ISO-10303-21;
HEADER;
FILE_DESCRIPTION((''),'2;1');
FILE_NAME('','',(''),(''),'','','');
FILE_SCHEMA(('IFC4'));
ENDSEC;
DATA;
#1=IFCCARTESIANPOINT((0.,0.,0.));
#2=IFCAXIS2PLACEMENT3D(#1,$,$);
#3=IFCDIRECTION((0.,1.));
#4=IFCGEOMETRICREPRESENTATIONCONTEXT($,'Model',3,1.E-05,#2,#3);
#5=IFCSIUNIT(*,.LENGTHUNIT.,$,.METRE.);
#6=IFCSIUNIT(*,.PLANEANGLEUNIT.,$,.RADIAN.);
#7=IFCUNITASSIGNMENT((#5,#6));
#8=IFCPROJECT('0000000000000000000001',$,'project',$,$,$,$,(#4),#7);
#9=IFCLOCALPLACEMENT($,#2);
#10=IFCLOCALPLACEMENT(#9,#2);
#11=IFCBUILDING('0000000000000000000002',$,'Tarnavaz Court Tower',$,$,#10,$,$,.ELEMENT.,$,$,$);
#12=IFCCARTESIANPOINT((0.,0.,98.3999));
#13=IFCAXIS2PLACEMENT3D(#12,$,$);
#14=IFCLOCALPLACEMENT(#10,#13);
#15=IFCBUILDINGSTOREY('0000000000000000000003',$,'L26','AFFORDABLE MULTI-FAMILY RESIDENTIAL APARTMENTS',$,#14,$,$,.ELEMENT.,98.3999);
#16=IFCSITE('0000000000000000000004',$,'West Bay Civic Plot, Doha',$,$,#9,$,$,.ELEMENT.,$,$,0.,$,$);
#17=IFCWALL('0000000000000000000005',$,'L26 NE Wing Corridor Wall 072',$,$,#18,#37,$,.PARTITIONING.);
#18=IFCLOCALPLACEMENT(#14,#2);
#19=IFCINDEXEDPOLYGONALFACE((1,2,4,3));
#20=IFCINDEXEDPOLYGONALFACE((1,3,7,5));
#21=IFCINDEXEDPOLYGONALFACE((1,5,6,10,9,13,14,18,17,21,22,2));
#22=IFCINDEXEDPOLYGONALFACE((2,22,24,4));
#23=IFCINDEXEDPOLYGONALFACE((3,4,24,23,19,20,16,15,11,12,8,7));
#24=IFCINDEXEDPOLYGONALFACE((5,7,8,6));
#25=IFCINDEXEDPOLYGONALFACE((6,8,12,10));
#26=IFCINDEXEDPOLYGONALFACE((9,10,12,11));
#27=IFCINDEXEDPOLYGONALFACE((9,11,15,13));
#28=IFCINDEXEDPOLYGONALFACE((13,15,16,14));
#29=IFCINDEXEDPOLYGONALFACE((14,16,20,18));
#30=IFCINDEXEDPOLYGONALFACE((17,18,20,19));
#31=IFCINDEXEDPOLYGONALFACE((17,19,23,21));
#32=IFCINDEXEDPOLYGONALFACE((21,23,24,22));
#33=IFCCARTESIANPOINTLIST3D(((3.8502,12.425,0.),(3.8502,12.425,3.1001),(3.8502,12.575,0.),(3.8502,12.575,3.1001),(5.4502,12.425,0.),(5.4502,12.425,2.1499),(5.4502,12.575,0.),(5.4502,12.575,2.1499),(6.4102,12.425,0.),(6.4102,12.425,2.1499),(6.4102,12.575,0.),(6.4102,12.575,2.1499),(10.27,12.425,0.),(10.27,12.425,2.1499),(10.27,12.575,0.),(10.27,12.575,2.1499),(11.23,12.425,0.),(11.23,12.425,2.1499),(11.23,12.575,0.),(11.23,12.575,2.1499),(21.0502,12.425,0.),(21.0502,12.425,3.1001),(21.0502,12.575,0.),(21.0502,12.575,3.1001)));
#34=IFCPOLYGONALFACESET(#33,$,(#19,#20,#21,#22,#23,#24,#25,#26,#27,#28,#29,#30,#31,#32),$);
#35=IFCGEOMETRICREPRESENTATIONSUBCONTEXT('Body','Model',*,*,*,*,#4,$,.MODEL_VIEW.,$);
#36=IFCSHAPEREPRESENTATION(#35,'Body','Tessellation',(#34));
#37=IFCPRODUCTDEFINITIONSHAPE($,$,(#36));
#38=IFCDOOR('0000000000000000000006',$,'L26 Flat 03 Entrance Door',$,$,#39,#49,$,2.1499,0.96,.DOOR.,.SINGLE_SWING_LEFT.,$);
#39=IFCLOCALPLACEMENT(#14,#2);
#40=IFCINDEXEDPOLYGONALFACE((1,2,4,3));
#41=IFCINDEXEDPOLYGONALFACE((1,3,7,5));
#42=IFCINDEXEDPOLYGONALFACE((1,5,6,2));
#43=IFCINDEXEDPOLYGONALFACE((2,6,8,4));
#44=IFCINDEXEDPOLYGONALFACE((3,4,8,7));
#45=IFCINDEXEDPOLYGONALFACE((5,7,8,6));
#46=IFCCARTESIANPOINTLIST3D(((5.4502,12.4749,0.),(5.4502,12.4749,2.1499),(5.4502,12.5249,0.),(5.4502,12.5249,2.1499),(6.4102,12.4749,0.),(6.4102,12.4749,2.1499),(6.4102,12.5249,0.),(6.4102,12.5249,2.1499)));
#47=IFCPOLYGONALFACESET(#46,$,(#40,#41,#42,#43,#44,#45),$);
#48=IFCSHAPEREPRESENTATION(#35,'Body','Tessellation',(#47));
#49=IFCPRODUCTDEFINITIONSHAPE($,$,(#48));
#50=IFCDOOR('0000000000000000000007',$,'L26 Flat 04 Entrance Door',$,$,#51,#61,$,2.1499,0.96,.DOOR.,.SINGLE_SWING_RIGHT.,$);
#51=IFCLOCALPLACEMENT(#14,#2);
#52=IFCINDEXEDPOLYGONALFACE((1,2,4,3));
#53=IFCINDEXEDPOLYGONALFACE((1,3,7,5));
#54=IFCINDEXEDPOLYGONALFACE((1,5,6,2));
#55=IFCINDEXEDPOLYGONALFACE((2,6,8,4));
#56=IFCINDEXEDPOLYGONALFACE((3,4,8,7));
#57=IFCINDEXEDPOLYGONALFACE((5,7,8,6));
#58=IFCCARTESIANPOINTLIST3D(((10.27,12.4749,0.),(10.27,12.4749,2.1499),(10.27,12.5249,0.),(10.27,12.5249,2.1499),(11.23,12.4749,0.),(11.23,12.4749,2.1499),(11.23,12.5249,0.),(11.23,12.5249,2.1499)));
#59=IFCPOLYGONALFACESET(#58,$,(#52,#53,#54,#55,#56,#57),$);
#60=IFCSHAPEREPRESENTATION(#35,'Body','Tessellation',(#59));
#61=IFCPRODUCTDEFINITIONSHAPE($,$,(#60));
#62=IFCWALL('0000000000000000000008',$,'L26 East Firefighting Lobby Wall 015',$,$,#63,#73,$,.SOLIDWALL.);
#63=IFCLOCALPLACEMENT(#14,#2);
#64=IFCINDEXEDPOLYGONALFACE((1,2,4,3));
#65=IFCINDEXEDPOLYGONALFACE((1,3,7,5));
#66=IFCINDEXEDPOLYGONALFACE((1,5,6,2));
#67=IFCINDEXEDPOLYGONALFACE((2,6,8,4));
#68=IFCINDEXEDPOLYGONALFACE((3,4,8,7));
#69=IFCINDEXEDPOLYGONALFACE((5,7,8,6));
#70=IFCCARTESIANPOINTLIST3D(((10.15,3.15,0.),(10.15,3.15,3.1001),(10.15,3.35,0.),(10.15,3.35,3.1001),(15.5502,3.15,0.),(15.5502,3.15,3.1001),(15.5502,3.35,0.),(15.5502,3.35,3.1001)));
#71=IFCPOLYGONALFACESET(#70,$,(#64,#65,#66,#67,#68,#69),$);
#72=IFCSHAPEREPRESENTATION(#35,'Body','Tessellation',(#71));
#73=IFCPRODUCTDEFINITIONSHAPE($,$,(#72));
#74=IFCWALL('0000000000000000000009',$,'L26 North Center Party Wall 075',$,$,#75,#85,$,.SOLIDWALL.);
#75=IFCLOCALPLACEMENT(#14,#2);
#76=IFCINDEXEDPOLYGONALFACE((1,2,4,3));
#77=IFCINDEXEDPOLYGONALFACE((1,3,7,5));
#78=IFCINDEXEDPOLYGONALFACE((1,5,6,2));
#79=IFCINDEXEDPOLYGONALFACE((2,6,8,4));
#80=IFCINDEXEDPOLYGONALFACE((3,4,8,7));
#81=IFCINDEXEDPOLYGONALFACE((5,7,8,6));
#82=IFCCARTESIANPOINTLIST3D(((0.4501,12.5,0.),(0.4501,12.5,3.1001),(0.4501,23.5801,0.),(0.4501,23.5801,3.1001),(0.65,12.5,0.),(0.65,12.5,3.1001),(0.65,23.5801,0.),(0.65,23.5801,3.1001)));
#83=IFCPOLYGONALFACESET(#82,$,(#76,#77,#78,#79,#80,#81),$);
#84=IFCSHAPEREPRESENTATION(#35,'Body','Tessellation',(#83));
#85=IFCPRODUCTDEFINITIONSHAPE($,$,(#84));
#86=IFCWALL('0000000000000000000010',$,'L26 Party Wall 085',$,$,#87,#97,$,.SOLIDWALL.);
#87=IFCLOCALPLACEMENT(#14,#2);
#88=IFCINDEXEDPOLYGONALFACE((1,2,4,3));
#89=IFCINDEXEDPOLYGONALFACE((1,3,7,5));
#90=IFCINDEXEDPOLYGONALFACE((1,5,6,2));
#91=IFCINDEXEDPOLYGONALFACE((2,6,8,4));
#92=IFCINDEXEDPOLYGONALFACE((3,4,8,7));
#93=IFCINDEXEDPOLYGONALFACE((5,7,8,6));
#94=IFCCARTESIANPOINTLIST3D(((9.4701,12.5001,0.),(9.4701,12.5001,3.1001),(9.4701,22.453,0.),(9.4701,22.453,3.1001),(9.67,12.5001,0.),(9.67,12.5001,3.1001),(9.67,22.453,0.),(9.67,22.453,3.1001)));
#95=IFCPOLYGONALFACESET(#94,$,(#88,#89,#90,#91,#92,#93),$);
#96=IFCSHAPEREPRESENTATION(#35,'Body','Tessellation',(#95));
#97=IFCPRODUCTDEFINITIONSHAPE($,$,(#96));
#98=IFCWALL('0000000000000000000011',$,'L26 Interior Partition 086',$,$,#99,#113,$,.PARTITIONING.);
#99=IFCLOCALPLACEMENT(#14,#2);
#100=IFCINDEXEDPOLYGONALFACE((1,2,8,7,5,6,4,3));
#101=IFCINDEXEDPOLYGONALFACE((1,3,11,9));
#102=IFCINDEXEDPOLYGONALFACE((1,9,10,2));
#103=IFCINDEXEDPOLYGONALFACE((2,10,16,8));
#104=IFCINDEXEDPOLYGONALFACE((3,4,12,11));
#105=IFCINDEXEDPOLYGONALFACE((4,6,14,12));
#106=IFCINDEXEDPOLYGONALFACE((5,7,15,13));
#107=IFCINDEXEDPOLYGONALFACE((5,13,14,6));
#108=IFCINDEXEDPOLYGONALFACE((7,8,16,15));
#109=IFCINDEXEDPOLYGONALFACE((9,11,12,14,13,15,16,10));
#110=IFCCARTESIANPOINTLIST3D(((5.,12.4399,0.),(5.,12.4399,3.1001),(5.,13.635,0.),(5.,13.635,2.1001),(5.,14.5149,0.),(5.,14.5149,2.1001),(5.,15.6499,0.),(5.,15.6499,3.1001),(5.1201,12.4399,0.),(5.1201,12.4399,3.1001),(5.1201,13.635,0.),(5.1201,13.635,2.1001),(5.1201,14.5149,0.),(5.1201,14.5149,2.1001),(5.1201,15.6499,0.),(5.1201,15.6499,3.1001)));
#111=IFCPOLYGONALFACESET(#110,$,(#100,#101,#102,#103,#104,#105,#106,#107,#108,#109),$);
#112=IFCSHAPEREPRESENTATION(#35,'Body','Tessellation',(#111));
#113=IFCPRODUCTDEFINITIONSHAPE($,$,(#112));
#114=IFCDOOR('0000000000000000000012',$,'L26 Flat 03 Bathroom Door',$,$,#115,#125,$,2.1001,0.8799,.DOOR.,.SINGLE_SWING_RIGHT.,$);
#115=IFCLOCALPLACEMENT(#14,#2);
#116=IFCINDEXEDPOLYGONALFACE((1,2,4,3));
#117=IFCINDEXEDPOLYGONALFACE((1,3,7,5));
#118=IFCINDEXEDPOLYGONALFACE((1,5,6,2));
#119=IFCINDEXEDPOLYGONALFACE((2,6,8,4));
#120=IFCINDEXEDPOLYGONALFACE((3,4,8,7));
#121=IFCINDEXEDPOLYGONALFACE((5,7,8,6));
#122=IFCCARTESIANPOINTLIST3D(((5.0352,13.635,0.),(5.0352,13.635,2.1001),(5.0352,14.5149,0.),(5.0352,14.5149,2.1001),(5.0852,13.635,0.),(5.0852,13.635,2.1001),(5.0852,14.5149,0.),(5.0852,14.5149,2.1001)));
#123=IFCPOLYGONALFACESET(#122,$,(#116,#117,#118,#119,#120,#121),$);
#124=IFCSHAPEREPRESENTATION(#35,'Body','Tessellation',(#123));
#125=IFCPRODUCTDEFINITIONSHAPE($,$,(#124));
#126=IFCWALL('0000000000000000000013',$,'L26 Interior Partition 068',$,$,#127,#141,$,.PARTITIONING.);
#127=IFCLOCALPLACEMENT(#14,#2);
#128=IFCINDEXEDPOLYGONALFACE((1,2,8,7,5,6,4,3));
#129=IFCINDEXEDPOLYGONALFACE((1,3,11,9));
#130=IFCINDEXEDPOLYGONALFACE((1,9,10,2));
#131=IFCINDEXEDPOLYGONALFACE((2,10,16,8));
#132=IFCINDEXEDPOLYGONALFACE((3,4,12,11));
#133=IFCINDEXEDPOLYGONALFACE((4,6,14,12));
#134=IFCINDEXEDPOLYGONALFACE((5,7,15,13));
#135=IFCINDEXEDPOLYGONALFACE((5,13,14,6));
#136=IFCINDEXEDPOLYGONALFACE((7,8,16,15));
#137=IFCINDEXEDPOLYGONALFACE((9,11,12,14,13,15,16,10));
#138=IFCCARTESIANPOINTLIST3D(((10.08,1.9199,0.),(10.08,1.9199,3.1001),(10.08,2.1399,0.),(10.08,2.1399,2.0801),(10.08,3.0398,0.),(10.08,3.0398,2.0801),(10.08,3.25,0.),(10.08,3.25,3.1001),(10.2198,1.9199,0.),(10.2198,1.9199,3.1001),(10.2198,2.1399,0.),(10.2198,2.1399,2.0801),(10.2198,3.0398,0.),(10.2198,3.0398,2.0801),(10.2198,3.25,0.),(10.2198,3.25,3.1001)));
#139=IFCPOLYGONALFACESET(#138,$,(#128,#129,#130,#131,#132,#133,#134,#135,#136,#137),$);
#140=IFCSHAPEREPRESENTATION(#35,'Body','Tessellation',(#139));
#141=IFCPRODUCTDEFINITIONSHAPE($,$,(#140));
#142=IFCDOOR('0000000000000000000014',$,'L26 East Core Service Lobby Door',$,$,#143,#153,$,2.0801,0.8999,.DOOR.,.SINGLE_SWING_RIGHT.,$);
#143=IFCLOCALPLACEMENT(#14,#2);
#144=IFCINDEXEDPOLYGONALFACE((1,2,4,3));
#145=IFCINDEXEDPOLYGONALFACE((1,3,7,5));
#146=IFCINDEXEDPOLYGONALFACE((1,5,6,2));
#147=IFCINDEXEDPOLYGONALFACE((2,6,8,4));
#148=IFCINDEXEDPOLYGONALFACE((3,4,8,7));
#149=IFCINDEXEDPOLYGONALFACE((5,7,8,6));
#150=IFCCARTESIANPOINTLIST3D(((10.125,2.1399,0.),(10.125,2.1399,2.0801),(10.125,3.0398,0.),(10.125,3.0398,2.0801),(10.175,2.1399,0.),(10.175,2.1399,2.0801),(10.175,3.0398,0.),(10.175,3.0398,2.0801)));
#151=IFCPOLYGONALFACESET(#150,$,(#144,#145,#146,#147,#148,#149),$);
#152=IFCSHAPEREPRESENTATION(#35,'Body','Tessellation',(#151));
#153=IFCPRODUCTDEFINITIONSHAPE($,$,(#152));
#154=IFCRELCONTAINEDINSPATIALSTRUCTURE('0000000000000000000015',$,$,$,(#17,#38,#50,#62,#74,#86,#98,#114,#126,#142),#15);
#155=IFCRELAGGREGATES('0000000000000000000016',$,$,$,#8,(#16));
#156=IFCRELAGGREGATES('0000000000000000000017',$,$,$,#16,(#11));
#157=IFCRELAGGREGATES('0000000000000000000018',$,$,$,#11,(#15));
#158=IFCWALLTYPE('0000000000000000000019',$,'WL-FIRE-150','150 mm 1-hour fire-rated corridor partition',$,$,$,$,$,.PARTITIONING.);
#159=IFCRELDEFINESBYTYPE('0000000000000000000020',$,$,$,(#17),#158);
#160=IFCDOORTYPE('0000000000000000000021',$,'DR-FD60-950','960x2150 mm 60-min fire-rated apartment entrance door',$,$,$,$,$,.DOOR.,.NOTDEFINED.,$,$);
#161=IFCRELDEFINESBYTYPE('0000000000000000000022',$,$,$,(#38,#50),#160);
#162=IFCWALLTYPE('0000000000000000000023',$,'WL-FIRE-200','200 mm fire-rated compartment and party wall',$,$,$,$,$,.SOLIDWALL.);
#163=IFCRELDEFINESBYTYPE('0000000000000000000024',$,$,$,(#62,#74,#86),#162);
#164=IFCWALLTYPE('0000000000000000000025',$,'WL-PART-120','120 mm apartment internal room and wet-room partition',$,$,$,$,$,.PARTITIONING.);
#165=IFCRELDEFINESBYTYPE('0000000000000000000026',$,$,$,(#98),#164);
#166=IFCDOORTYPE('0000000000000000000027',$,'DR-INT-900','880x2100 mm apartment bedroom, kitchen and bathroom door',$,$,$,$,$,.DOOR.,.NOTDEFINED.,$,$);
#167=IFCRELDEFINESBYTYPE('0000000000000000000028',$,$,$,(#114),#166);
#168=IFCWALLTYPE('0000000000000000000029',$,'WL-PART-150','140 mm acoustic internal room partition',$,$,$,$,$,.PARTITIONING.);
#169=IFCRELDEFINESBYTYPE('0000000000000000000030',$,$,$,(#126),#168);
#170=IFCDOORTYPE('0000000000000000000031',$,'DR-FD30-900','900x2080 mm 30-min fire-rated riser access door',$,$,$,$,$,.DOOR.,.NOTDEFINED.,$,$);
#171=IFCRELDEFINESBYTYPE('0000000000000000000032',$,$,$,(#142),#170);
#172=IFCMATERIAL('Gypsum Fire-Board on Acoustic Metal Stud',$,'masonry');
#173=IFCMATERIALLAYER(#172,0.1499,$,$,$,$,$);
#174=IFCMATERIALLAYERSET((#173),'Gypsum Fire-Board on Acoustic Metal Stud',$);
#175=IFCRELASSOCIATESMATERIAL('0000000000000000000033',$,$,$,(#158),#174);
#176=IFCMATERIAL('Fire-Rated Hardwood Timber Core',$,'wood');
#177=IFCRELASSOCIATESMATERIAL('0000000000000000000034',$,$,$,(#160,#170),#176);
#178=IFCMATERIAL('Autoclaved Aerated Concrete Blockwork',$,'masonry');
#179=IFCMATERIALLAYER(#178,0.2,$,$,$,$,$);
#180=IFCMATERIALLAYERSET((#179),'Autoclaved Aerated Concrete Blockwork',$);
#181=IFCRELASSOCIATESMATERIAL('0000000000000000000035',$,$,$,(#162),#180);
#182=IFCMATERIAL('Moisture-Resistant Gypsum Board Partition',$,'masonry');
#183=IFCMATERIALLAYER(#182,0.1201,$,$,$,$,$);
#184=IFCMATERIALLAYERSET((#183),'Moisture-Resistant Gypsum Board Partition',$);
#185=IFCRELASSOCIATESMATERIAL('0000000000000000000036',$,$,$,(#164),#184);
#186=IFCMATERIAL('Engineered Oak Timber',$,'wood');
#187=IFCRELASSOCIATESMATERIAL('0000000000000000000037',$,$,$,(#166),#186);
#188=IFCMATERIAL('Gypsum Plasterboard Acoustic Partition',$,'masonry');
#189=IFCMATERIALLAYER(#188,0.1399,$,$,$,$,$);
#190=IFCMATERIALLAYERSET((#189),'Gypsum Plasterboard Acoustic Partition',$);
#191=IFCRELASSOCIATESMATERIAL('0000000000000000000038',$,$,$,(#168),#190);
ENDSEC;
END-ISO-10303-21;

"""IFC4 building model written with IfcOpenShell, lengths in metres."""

from ifc_helpers import new_model, si_unit, direction, frame, frame_2d, origin, place, context, subcontext, project, spatial, rectangle, extrude, material, layer, layer_set, type_object, element, fill, save


model = new_model("IFC4")

# Units and contexts
model_context = context("Model", 3, precision=1e-05, world=origin(), true_north=direction((0.0, 1.0)))
body_context = subcontext(model_context, "Body", "Model", "MODEL_VIEW")
ifc_project = project(units=[si_unit("LENGTHUNIT", "METRE"), si_unit("PLANEANGLEUNIT", "RADIAN")], contexts=[model_context])

# Site, building, storey
site_placement = place(None, origin())
site = spatial("IfcSite", under=ifc_project, at=site_placement, Name="West Bay Civic Plot, Doha", CompositionType="ELEMENT", RefElevation=0.0)
building_placement = place(site_placement, origin())
building = spatial("IfcBuilding", under=site, at=building_placement, Name="Tarnavaz Court Tower", CompositionType="ELEMENT")
storey_placement = place(building_placement, frame((0.0, 0.0, 98.3999)))
storey = spatial("IfcBuildingStorey", under=building, at=storey_placement, Name="L26", Description="AFFORDABLE MULTI-FAMILY RESIDENTIAL APARTMENTS", CompositionType="ELEMENT", Elevation=98.3999)

# Shared definitions
ifc_material_1 = material(Name="Fire-Rated Hardwood Timber Core", Category="wood")

# Wall, openings, doors
ifc_material_2 = material(Name="Gypsum Fire-Board on Acoustic Metal Stud", Category="masonry")
ifc_layer_1 = layer(ifc_material_2, 0.1499)
ifc_layer_set_1 = layer_set([ifc_layer_1], Name="Gypsum Fire-Board on Acoustic Metal Stud")
wall_type_1 = type_object("IfcWallType", Name="WL-FIRE-150", Description="150 mm 1-hour fire-rated corridor partition", PredefinedType="PARTITIONING", material=ifc_layer_set_1)
wall_1_placement = place(storey_placement, frame((3.8501, 12.5, 0.0), z_axis=(0.0, 0.0, 1.0), x_axis=(1.0, 0.0, 0.0)))
wall_1 = element("IfcWall", 1, at=wall_1_placement, inside=storey, type_object=wall_type_1, Name="L26 NE Wing Corridor Wall 072", PredefinedType="PARTITIONING", context=body_context, shape_type="SweptSolid", body=[
    extrude(rectangle(XDim=17.2, YDim=0.1499, at=frame_2d((8.6001, 0.0))), origin(), (0.0, 0.0, 1.0), 3.1001),
])
opening_1_placement = place(wall_1_placement, frame((1.6001, 0.0, 0.0)))
opening_1 = element("IfcOpeningElement", 2, at=opening_1_placement, cuts=wall_1, PredefinedType="OPENING", context=body_context, shape_type="SweptSolid", body=[
    extrude(rectangle(XDim=0.96, YDim=2.1499, at=frame_2d((0.48, 1.075))), frame((0.0, 0.085, 0.0), z_axis=(0.0, -1.0, 0.0), x_axis=(1.0, 0.0, 0.0)), (0.0, 0.0, 1.0), 0.1699),
])
opening_2_placement = place(wall_1_placement, frame((6.4199, 0.0, 0.0)))
opening_2 = element("IfcOpeningElement", 3, at=opening_2_placement, cuts=wall_1, PredefinedType="OPENING", context=body_context, shape_type="SweptSolid", body=[
    extrude(rectangle(XDim=0.96, YDim=2.1499, at=frame_2d((0.48, 1.075))), frame((0.0, 0.085, 0.0), z_axis=(0.0, -1.0, 0.0), x_axis=(1.0, 0.0, 0.0)), (0.0, 0.0, 1.0), 0.1699),
])
door_type_1 = type_object("IfcDoorType", Name="DR-FD60-950", Description="960x2150 mm 60-min fire-rated apartment entrance door", OperationType="NOTDEFINED", PredefinedType="DOOR", material=ifc_material_1)
door_1_placement = place(opening_1_placement, origin())
door_1 = element("IfcDoor", 4, at=door_1_placement, inside=storey, type_object=door_type_1, Name="L26 Flat 03 Entrance Door", OperationType="SINGLE_SWING_LEFT", OverallHeight=2.1499, OverallWidth=0.96, PredefinedType="DOOR", context=body_context, shape_type="SweptSolid", body=[
    extrude(rectangle(XDim=0.96, YDim=2.1499, at=frame_2d((0.48, 1.075))), frame((0.0, 0.0249, 0.0), z_axis=(0.0, -1.0, 0.0), x_axis=(1.0, 0.0, 0.0)), (0.0, 0.0, 1.0), 0.05),
])
fill(opening_1, door_1)
door_2_placement = place(opening_2_placement, origin())
door_2 = element("IfcDoor", 5, at=door_2_placement, inside=storey, type_object=door_type_1, Name="L26 Flat 04 Entrance Door", OperationType="SINGLE_SWING_RIGHT", OverallHeight=2.1499, OverallWidth=0.96, PredefinedType="DOOR", context=body_context, shape_type="SweptSolid", body=[
    extrude(rectangle(XDim=0.96, YDim=2.1499, at=frame_2d((0.48, 1.075))), frame((0.0, 0.0249, 0.0), z_axis=(0.0, -1.0, 0.0), x_axis=(1.0, 0.0, 0.0)), (0.0, 0.0, 1.0), 0.05),
])
fill(opening_2, door_2)

# Wall
ifc_material_3 = material(Name="Autoclaved Aerated Concrete Blockwork", Category="masonry")
ifc_layer_2 = layer(ifc_material_3, 0.2)
ifc_layer_set_2 = layer_set([ifc_layer_2], Name="Autoclaved Aerated Concrete Blockwork")
wall_type_2 = type_object("IfcWallType", Name="WL-FIRE-200", Description="200 mm fire-rated compartment and party wall", PredefinedType="SOLIDWALL", material=ifc_layer_set_2)
wall_2_placement = place(storey_placement, frame((10.1499, 3.25, 0.0), z_axis=(0.0, 0.0, 1.0), x_axis=(1.0, 0.0, 0.0)))
element("IfcWall", 6, at=wall_2_placement, inside=storey, type_object=wall_type_2, Name="L26 East Firefighting Lobby Wall 015", PredefinedType="SOLIDWALL", context=body_context, shape_type="SweptSolid", body=[
    extrude(rectangle(XDim=5.4001, YDim=0.2, at=frame_2d((2.7002, 0.0))), origin(), (0.0, 0.0, 1.0), 3.1001),
])

# Walls
wall_3_placement = place(storey_placement, frame((0.55, 12.5, 0.0), z_axis=(0.0, 0.0, 1.0), x_axis=(0.0, 1.0, 0.0)))
element("IfcWall", 7, at=wall_3_placement, inside=storey, type_object=wall_type_2, Name="L26 North Center Party Wall 075", PredefinedType="SOLIDWALL", context=body_context, shape_type="SweptSolid", body=[
    extrude(rectangle(XDim=11.0801, YDim=0.2, at=frame_2d((5.54, 0.0))), origin(), (0.0, 0.0, 1.0), 3.1001),
])
wall_4_placement = place(storey_placement, frame((9.5701, 12.5, 0.0), z_axis=(0.0, 0.0, 1.0), x_axis=(0.0, 1.0, 0.0)))
element("IfcWall", 8, at=wall_4_placement, inside=storey, type_object=wall_type_2, Name="L26 Party Wall 085", PredefinedType="SOLIDWALL", context=body_context, shape_type="SweptSolid", body=[
    extrude(rectangle(XDim=9.9529, YDim=0.2, at=frame_2d((4.9766, 0.0))), origin(), (0.0, 0.0, 1.0), 3.1001),
])

# Walls, openings, doors
ifc_material_4 = material(Name="Moisture-Resistant Gypsum Board Partition", Category="masonry")
ifc_layer_3 = layer(ifc_material_4, 0.1201)
ifc_layer_set_3 = layer_set([ifc_layer_3], Name="Moisture-Resistant Gypsum Board Partition")
wall_type_3 = type_object("IfcWallType", Name="WL-PART-120", Description="120 mm apartment internal room and wet-room partition", PredefinedType="PARTITIONING", material=ifc_layer_set_3)
wall_5_placement = place(storey_placement, frame((5.0601, 12.4399, 0.0), z_axis=(0.0, 0.0, 1.0), x_axis=(0.0, 1.0, 0.0)))
wall_5 = element("IfcWall", 9, at=wall_5_placement, inside=storey, type_object=wall_type_3, Name="L26 Interior Partition 086", PredefinedType="PARTITIONING", context=body_context, shape_type="SweptSolid", body=[
    extrude(rectangle(XDim=3.21, YDim=0.1201, at=frame_2d((1.605, 0.0))), origin(), (0.0, 0.0, 1.0), 3.1001),
])
opening_3_placement = place(wall_5_placement, frame((1.1951, 0.0, 0.0)))
opening_3 = element("IfcOpeningElement", 10, at=opening_3_placement, cuts=wall_5, PredefinedType="OPENING", context=body_context, shape_type="SweptSolid", body=[
    extrude(rectangle(XDim=0.8799, YDim=2.1001, at=frame_2d((0.4399, 1.05))), frame((0.0, 0.0701, 0.0), z_axis=(0.0, -1.0, 0.0), x_axis=(1.0, 0.0, 0.0)), (0.0, 0.0, 1.0), 0.1401),
])
ifc_material_5 = material(Name="Engineered Oak Timber", Category="wood")
door_type_2 = type_object("IfcDoorType", Name="DR-INT-900", Description="880x2100 mm apartment bedroom, kitchen and bathroom door", OperationType="NOTDEFINED", PredefinedType="DOOR", material=ifc_material_5)
door_3_placement = place(opening_3_placement, origin())
door_3 = element("IfcDoor", 11, at=door_3_placement, inside=storey, type_object=door_type_2, Name="L26 Flat 03 Bathroom Door", OperationType="SINGLE_SWING_RIGHT", OverallHeight=2.1001, OverallWidth=0.8799, PredefinedType="DOOR", context=body_context, shape_type="SweptSolid", body=[
    extrude(rectangle(XDim=0.8799, YDim=2.1001, at=frame_2d((0.4399, 1.05))), frame((0.0, 0.0249, 0.0), z_axis=(0.0, -1.0, 0.0), x_axis=(1.0, 0.0, 0.0)), (0.0, 0.0, 1.0), 0.05),
])
fill(opening_3, door_3)
ifc_material_6 = material(Name="Gypsum Plasterboard Acoustic Partition", Category="masonry")
ifc_layer_4 = layer(ifc_material_6, 0.1399)
ifc_layer_set_4 = layer_set([ifc_layer_4], Name="Gypsum Plasterboard Acoustic Partition")
wall_type_4 = type_object("IfcWallType", Name="WL-PART-150", Description="140 mm acoustic internal room partition", PredefinedType="PARTITIONING", material=ifc_layer_set_4)
wall_6_placement = place(storey_placement, frame((10.1499, 1.9199, 0.0), z_axis=(0.0, 0.0, 1.0), x_axis=(0.0, 1.0, 0.0)))
wall_6 = element("IfcWall", 12, at=wall_6_placement, inside=storey, type_object=wall_type_4, Name="L26 Interior Partition 068", PredefinedType="PARTITIONING", context=body_context, shape_type="SweptSolid", body=[
    extrude(rectangle(XDim=1.3301, YDim=0.1399, at=frame_2d((0.665, 0.0))), origin(), (0.0, 0.0, 1.0), 3.1001),
])
opening_4_placement = place(wall_6_placement, frame((0.22, 0.0, 0.0)))
opening_4 = element("IfcOpeningElement", 13, at=opening_4_placement, cuts=wall_6, PredefinedType="OPENING", context=body_context, shape_type="SweptSolid", body=[
    extrude(rectangle(XDim=0.8999, YDim=2.0801, at=frame_2d((0.45, 1.04))), frame((0.0, 0.0798, 0.0), z_axis=(0.0, -1.0, 0.0), x_axis=(1.0, 0.0, 0.0)), (0.0, 0.0, 1.0), 0.1599),
])
door_type_3 = type_object("IfcDoorType", Name="DR-FD30-900", Description="900x2080 mm 30-min fire-rated riser access door", OperationType="NOTDEFINED", PredefinedType="DOOR", material=ifc_material_1)
door_4_placement = place(opening_4_placement, origin())
door_4 = element("IfcDoor", 14, at=door_4_placement, inside=storey, type_object=door_type_3, Name="L26 East Core Service Lobby Door", OperationType="SINGLE_SWING_RIGHT", OverallHeight=2.0801, OverallWidth=0.8999, PredefinedType="DOOR", context=body_context, shape_type="SweptSolid", body=[
    extrude(rectangle(XDim=0.8999, YDim=2.0801, at=frame_2d((0.45, 1.04))), frame((0.0, 0.0249, 0.0), z_axis=(0.0, -1.0, 0.0), x_axis=(1.0, 0.0, 0.0)), (0.0, 0.0, 1.0), 0.05),
])
fill(opening_4, door_4)

save(model, "model.ifc")
